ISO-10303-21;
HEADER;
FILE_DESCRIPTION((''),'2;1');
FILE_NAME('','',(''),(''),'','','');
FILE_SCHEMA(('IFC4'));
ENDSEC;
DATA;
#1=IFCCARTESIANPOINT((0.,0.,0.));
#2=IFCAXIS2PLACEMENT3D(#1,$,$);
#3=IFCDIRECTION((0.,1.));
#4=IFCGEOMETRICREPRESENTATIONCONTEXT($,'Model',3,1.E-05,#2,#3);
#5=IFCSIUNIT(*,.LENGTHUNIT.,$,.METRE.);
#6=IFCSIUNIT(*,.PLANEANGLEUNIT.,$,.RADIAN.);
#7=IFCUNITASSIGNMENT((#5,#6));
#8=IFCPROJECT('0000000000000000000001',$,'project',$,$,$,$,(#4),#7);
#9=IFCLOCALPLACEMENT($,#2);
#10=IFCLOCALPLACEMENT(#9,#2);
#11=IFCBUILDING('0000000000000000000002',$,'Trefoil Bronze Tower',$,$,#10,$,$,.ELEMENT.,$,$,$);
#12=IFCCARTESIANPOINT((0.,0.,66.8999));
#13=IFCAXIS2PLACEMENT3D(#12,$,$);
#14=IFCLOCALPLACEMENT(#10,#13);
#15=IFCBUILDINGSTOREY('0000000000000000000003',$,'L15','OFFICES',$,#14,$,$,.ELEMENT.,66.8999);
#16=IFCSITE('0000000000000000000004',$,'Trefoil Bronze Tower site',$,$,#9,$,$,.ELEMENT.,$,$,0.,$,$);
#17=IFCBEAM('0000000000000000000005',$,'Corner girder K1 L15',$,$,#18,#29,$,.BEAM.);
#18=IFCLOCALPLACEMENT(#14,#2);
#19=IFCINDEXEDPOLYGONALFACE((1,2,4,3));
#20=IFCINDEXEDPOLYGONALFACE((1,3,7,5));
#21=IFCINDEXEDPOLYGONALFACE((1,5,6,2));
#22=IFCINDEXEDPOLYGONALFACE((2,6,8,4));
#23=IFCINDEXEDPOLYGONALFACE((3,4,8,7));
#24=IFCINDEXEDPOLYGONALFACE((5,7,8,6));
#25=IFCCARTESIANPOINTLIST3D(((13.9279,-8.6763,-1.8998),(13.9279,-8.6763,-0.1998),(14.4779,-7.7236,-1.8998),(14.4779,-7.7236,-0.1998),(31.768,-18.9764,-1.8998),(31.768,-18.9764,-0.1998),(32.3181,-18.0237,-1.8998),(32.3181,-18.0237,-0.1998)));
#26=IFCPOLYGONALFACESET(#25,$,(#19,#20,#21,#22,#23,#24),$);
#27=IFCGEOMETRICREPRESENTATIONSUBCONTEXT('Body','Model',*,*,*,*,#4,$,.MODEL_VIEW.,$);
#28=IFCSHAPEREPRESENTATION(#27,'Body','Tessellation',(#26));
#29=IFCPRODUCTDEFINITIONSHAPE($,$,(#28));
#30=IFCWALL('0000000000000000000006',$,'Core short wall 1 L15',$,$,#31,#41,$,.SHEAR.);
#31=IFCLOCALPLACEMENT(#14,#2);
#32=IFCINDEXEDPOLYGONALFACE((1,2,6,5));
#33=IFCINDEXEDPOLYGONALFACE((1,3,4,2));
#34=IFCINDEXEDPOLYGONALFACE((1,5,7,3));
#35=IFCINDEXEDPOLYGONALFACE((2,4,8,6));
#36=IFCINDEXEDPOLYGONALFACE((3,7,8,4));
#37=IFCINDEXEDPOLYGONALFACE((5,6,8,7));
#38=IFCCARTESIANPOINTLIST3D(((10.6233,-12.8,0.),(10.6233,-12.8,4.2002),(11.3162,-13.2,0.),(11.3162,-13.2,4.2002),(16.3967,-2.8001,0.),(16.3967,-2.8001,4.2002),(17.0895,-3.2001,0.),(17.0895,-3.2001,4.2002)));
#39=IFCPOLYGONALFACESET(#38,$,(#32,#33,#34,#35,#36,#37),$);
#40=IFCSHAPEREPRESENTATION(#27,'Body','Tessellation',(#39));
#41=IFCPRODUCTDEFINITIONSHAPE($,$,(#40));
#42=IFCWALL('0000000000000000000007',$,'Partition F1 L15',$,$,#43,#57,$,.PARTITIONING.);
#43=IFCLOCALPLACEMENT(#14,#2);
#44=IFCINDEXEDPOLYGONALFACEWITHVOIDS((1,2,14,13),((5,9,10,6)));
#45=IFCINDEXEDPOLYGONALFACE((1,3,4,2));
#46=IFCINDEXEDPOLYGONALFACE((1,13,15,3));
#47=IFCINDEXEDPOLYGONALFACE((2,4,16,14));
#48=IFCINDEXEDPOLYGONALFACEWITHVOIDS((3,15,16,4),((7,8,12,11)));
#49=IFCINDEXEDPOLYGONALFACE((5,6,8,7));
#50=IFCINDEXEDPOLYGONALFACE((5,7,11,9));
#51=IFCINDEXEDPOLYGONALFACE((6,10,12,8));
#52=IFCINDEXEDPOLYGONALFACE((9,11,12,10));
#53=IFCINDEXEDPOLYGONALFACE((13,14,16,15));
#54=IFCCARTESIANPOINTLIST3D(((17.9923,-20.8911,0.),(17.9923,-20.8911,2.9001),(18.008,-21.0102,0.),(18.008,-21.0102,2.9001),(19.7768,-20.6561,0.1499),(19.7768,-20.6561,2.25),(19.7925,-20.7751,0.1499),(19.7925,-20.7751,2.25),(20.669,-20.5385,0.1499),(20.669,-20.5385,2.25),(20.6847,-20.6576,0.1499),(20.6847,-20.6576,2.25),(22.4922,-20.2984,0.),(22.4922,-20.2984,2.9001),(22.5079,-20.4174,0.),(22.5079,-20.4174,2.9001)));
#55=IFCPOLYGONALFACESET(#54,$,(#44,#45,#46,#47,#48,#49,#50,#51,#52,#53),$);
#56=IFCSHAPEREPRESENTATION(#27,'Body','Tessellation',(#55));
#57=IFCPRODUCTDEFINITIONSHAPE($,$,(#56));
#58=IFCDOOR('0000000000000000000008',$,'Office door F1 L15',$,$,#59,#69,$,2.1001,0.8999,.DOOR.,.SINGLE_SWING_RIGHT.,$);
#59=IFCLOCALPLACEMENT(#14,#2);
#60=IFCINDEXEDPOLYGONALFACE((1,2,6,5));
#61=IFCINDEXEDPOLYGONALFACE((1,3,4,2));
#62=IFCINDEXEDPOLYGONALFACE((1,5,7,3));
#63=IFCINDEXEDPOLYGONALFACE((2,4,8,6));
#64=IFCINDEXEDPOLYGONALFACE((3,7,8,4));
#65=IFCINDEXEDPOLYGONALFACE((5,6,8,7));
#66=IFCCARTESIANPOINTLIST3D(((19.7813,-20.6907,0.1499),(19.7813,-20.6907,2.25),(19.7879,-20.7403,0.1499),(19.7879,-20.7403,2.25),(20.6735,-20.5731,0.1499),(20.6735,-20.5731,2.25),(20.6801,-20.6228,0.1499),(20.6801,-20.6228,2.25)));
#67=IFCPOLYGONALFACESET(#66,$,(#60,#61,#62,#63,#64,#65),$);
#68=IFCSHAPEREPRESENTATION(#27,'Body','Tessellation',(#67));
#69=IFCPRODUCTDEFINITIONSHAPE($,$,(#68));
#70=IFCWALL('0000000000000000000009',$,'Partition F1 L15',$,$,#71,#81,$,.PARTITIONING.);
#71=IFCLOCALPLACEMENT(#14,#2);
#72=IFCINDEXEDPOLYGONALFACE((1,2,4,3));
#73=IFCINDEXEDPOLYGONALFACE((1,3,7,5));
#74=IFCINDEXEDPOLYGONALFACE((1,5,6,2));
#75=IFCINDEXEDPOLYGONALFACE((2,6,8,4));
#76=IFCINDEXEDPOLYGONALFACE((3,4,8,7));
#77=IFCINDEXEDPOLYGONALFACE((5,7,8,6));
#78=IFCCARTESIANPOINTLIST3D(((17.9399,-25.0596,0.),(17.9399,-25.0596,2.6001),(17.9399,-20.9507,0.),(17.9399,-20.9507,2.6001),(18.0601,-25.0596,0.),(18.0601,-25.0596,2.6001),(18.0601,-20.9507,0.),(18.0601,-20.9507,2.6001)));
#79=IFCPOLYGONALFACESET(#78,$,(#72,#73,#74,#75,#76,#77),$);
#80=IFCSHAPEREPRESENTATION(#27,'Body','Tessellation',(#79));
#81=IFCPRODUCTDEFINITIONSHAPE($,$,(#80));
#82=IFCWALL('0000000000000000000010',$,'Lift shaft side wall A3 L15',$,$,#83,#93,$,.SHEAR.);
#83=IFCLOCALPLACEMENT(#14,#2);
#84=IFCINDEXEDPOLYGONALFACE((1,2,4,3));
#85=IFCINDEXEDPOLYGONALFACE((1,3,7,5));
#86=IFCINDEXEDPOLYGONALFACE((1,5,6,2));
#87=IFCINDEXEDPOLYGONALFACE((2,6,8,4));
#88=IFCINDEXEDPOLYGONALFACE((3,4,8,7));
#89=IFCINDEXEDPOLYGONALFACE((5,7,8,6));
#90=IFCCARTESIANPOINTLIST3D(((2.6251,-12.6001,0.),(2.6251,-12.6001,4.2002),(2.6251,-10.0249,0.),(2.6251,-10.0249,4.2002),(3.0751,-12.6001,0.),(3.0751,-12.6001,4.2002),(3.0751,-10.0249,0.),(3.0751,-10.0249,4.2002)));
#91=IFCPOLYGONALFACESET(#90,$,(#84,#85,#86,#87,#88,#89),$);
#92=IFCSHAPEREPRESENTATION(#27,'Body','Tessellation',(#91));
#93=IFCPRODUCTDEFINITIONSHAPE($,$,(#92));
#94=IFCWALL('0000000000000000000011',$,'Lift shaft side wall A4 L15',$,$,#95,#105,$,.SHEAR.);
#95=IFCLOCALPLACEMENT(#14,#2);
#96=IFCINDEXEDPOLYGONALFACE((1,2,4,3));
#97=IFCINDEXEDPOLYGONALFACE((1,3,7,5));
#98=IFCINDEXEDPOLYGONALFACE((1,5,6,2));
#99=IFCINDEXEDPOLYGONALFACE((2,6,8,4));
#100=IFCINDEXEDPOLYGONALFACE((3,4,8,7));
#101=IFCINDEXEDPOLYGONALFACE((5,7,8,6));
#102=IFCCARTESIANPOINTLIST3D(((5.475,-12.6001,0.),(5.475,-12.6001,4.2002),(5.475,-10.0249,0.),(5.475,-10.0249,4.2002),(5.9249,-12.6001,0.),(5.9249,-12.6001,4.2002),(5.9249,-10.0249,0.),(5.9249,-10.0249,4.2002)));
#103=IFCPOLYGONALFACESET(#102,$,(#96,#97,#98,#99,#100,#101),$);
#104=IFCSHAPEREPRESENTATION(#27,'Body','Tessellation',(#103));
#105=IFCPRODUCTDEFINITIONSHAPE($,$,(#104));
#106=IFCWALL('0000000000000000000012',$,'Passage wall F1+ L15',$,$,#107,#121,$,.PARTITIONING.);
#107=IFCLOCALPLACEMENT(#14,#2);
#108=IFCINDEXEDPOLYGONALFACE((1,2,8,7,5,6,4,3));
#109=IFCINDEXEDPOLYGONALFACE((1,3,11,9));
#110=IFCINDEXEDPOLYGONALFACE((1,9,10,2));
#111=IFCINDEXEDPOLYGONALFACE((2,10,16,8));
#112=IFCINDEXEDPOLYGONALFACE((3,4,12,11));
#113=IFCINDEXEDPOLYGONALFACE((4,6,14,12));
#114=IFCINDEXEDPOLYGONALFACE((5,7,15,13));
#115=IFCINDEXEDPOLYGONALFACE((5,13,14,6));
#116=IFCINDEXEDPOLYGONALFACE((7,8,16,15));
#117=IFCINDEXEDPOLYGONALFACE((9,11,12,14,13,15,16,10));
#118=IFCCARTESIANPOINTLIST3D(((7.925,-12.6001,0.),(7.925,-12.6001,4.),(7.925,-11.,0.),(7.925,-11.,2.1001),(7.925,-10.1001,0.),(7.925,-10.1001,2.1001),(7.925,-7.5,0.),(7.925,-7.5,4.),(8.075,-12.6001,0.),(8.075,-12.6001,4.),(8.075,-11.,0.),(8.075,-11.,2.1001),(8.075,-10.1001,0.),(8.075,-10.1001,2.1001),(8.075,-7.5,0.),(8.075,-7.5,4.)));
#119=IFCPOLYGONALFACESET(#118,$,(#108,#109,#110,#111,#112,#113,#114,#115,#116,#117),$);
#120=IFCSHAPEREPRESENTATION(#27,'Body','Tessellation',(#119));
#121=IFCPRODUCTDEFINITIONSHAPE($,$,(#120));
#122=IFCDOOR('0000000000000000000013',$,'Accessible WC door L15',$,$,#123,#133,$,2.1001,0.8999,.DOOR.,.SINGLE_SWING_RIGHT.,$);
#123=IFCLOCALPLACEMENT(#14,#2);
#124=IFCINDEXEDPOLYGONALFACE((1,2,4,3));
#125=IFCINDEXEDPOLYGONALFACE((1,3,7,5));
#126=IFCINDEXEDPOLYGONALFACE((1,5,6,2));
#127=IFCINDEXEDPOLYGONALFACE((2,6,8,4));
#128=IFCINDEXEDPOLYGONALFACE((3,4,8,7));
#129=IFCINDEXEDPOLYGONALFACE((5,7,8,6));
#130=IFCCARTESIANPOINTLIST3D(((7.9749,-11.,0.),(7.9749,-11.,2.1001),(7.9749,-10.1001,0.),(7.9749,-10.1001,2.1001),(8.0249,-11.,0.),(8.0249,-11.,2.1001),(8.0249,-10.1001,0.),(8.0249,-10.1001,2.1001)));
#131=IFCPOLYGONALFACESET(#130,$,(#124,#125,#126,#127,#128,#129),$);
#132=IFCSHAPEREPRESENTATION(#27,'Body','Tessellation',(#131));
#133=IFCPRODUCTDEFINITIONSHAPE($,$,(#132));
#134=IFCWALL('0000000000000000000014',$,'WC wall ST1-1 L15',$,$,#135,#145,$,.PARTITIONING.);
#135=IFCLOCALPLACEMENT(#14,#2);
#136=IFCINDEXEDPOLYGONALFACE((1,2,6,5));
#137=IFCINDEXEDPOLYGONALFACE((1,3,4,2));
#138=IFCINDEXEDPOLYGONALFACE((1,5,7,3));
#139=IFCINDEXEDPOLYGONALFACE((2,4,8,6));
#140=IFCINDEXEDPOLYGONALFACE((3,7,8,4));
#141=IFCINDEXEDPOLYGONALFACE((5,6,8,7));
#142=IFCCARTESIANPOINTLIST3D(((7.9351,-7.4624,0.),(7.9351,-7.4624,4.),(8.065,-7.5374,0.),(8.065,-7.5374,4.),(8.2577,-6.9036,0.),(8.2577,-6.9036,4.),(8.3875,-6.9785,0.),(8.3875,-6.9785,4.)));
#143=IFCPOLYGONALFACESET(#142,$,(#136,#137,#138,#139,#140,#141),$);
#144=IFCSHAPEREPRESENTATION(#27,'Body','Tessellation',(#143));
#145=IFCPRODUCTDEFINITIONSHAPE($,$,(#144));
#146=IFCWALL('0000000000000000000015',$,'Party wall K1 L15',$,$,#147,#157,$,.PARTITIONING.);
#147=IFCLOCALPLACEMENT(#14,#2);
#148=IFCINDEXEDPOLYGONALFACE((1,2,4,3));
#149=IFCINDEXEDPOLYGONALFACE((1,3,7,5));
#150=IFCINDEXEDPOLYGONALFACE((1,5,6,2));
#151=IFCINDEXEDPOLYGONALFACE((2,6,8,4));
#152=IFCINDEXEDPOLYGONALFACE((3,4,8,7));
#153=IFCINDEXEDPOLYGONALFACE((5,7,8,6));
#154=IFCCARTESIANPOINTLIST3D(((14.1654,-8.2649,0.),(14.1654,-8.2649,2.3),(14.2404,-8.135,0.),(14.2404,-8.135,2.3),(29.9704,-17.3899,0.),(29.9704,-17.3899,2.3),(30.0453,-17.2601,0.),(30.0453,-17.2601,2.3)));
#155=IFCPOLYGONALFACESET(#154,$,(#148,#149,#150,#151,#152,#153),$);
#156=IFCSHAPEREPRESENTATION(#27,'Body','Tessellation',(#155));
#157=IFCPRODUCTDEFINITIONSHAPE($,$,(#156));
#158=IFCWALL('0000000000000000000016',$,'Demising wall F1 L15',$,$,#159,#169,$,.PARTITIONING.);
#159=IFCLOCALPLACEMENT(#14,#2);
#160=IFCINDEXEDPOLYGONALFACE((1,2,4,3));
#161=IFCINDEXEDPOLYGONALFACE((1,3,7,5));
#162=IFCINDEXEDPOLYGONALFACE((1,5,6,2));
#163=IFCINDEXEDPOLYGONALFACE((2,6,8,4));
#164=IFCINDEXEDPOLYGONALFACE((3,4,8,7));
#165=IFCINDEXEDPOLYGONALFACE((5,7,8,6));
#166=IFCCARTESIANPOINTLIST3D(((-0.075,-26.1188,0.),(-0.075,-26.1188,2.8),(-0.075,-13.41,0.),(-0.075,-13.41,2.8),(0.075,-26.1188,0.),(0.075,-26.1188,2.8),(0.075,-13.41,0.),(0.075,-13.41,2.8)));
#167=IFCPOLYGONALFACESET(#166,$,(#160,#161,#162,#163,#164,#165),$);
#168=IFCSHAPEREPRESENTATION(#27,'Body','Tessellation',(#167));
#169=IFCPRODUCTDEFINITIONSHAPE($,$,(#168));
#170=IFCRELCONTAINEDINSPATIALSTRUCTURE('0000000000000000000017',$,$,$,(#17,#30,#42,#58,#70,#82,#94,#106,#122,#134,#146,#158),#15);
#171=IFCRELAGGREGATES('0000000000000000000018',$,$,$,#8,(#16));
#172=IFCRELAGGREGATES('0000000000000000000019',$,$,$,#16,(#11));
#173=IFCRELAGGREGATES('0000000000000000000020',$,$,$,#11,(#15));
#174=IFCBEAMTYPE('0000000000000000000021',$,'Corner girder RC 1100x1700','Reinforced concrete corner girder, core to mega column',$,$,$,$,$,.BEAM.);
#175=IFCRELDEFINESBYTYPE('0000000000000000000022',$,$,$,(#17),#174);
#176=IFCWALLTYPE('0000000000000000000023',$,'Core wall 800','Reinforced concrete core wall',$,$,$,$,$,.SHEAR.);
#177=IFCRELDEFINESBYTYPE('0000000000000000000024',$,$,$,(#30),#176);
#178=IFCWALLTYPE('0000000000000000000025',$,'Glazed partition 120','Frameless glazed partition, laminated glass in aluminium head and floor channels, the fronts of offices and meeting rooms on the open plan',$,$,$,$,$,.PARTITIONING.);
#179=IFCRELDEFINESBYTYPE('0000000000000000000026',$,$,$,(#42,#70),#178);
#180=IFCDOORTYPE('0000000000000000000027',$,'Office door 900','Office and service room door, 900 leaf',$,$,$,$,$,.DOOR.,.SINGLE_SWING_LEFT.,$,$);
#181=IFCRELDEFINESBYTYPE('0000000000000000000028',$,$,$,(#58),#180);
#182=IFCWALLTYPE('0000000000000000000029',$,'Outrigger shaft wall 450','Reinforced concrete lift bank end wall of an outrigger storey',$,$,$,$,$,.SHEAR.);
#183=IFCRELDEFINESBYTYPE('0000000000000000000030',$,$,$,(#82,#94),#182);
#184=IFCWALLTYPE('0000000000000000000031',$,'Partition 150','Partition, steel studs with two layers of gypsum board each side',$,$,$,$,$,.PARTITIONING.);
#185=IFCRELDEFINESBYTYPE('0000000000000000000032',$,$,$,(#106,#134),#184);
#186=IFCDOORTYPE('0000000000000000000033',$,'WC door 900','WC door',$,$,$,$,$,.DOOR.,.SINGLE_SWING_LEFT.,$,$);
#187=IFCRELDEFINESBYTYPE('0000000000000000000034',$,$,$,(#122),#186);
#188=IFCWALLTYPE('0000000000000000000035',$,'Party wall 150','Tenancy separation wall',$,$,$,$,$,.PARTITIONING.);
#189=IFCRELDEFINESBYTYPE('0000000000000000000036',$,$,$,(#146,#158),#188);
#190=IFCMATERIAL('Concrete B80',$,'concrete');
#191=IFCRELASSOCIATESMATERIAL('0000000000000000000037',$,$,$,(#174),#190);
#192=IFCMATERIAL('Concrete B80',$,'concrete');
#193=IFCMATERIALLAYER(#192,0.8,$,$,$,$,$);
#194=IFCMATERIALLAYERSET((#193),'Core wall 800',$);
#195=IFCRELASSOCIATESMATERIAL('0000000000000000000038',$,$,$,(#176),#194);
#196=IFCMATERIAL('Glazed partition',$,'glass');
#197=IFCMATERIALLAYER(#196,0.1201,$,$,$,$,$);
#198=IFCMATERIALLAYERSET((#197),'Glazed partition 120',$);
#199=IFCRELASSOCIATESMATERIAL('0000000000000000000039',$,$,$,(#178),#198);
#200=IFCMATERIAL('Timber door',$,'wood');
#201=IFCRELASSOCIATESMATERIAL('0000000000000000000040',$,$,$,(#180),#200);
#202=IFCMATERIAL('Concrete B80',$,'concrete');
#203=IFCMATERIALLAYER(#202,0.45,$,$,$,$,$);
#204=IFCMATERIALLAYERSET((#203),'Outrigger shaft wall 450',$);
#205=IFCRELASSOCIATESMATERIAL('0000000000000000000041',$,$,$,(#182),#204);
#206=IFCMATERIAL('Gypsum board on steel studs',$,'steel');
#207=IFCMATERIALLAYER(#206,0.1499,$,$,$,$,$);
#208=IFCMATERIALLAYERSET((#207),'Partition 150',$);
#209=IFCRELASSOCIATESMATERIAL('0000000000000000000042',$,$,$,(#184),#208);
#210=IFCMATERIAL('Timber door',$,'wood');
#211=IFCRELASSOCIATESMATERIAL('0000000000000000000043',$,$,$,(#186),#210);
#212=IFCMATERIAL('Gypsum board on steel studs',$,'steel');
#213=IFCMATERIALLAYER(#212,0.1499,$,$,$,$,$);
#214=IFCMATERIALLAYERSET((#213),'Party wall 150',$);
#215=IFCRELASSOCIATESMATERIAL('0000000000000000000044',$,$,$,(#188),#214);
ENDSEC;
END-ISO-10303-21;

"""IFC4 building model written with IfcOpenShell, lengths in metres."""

from ifc_helpers import new_model, si_unit, direction, frame, frame_2d, origin, origin_2d, place, context, subcontext, project, spatial, rectangle, extrude, material, layer, layer_set, material_profile, profile_set, type_object, element, fill, save


model = new_model("IFC4")

# Units and contexts
model_context = context("Model", 3, precision=1e-05, world=origin(), true_north=direction((0.0, 1.0)))
body_context = subcontext(model_context, "Body", "Model", "MODEL_VIEW")
ifc_project = project(units=[si_unit("LENGTHUNIT", "METRE"), si_unit("PLANEANGLEUNIT", "RADIAN")], contexts=[model_context])

# Site, building, storey
site_placement = place(None, origin())
site = spatial("IfcSite", under=ifc_project, at=site_placement, Name="Trefoil Bronze Tower site", CompositionType="ELEMENT", RefElevation=0.0)
building_placement = place(site_placement, origin())
building = spatial("IfcBuilding", under=site, at=building_placement, Name="Trefoil Bronze Tower", CompositionType="ELEMENT")
storey_placement = place(building_placement, frame((0.0, 0.0, 66.8999)))
storey = spatial("IfcBuildingStorey", under=building, at=storey_placement, Name="L15", Description="OFFICES", CompositionType="ELEMENT", Elevation=66.8999)

# Beam
ifc_material_1 = material(Name="Concrete B80", Category="concrete")
ifc_material_profile_1 = material_profile(ifc_material_1, rectangle(XDim=1.1001, YDim=1.7, at=origin_2d()), Name="RC 1100x1700")
ifc_profile_set_1 = profile_set([ifc_material_profile_1], Name="Concrete B80")
beam_type_1 = type_object("IfcBeamType", Name="Corner girder RC 1100x1700", Description="Reinforced concrete corner girder, core to mega column", PredefinedType="BEAM", material=ifc_profile_set_1)
beam_placement = place(storey_placement, frame((14.2029, -8.2, -1.0498), z_axis=(0.866024, -0.500003, 0.0), x_axis=(0.500003, 0.866024, 0.0)))
element("IfcBeam", 1, at=beam_placement, inside=storey, type_object=beam_type_1, Name="Corner girder K1 L15", PredefinedType="BEAM", context=body_context, shape_type="SweptSolid", body=[
    extrude(rectangle(XDim=1.1001, YDim=1.7, at=origin_2d()), origin(), (0.0, 0.0, 1.0), 20.6001),
])

# Wall
ifc_material_2 = material(Name="Concrete B80", Category="concrete")
ifc_layer_1 = layer(ifc_material_2, 0.8)
ifc_layer_set_1 = layer_set([ifc_layer_1], Name="Core wall 800")
wall_type_1 = type_object("IfcWallType", Name="Core wall 800", Description="Reinforced concrete core wall", PredefinedType="SHEAR", material=ifc_layer_set_1)
wall_1_placement = place(storey_placement, frame((10.9697, -13.0, 0.0), z_axis=(0.0, 0.0, 1.0), x_axis=(0.499996, 0.866028, 0.0)))
element("IfcWall", 2, at=wall_1_placement, inside=storey, type_object=wall_type_1, Name="Core short wall 1 L15", PredefinedType="SHEAR", context=body_context, shape_type="SweptSolid", body=[
    extrude(rectangle(XDim=11.5469, YDim=0.8, at=frame_2d((5.7734, 0.0))), origin(), (0.0, 0.0, 1.0), 4.2002),
])

# Wall, opening, door
ifc_material_3 = material(Name="Glazed partition", Category="glass")
ifc_layer_2 = layer(ifc_material_3, 0.1201)
ifc_layer_set_2 = layer_set([ifc_layer_2], Name="Glazed partition 120")
wall_type_2 = type_object("IfcWallType", Name="Glazed partition 120", Description="Frameless glazed partition, laminated glass in aluminium head and floor channels, the fronts of offices and meeting rooms on the open plan", PredefinedType="PARTITIONING", material=ifc_layer_set_2)
wall_2_placement = place(storey_placement, frame((18.0, -20.9507, 0.0), z_axis=(0.0, 0.0, 1.0), x_axis=(0.991435, 0.130599, 0.0)))
wall_2 = element("IfcWall", 3, at=wall_2_placement, inside=storey, type_object=wall_type_2, Name="Partition F1 L15", PredefinedType="PARTITIONING", context=body_context, shape_type="SweptSolid", body=[
    extrude(rectangle(XDim=4.5388, YDim=0.1201, at=frame_2d((2.2695, 0.0))), origin(), (0.0, 0.0, 1.0), 2.9001),
])
opening_1_placement = place(wall_2_placement, frame((1.8, 0.0, 0.1499)))
opening_1 = element("IfcOpeningElement", 4, at=opening_1_placement, cuts=wall_2, PredefinedType="OPENING", context=body_context, shape_type="SweptSolid", body=[
    extrude(rectangle(XDim=0.8999, YDim=2.1001, at=frame_2d((0.45, 1.05))), frame((0.0, 0.0701, 0.0), z_axis=(0.0, -1.0, 0.0), x_axis=(1.0, 0.0, 0.0)), (0.0, 0.0, 1.0), 0.1401),
])
ifc_material_4 = material(Name="Timber door", Category="wood")
door_type_1 = type_object("IfcDoorType", Name="Office door 900", Description="Office and service room door, 900 leaf", OperationType="SINGLE_SWING_LEFT", PredefinedType="DOOR", material=ifc_material_4)
door_1_placement = place(opening_1_placement, frame((0.8999, 0.0, 0.0), z_axis=(0.0, 0.0, 1.0), x_axis=(-1.0, 0.0, 0.0)))
door_1 = element("IfcDoor", 5, at=door_1_placement, inside=storey, type_object=door_type_1, Name="Office door F1 L15", OperationType="SINGLE_SWING_RIGHT", OverallHeight=2.1001, OverallWidth=0.8999, PredefinedType="DOOR", context=body_context, shape_type="SweptSolid", body=[
    extrude(rectangle(XDim=0.8999, YDim=2.1001, at=frame_2d((0.45, 1.05))), frame((0.0, 0.0249, 0.0), z_axis=(0.0, -1.0, 0.0), x_axis=(1.0, 0.0, 0.0)), (0.0, 0.0, 1.0), 0.05),
])
fill(opening_1, door_1)

# Walls
wall_3_placement = place(storey_placement, frame((18.0, -20.9507, 0.0), z_axis=(0.0, 0.0, 1.0), x_axis=(0.0, -1.0, 0.0)))
element("IfcWall", 6, at=wall_3_placement, inside=storey, type_object=wall_type_2, Name="Partition F1 L15", PredefinedType="PARTITIONING", context=body_context, shape_type="SweptSolid", body=[
    extrude(rectangle(XDim=4.1089, YDim=0.1201, at=frame_2d((2.0544, 0.0))), origin(), (0.0, 0.0, 1.0), 2.6001),
])
ifc_material_5 = material(Name="Concrete B80", Category="concrete")
ifc_layer_3 = layer(ifc_material_5, 0.45)
ifc_layer_set_3 = layer_set([ifc_layer_3], Name="Outrigger shaft wall 450")
wall_type_3 = type_object("IfcWallType", Name="Outrigger shaft wall 450", Description="Reinforced concrete lift bank end wall of an outrigger storey", PredefinedType="SHEAR", material=ifc_layer_set_3)
for number, where, z_axis, x_axis, name in (
    (7, (2.8501, -10.0249, 0.0), (0.0, 0.0, 1.0), (0.0, -1.0, 0.0), "Lift shaft side wall A3 L15"),
    (8, (5.7, -10.0249, 0.0), (0.0, 0.0, 1.0), (0.0, -1.0, 0.0), "Lift shaft side wall A4 L15"),
):
    element("IfcWall", number, at=place(storey_placement, frame(where, z_axis=z_axis, x_axis=x_axis)), inside=storey, type_object=wall_type_3, Name=name, PredefinedType="SHEAR", context=body_context, shape_type="SweptSolid", body=[
        extrude(rectangle(XDim=2.5752, YDim=0.45, at=frame_2d((1.2876, 0.0))), origin(), (0.0, 0.0, 1.0), 4.2002),
    ])

# Wall, opening, door
ifc_material_6 = material(Name="Gypsum board on steel studs", Category="steel")
ifc_layer_4 = layer(ifc_material_6, 0.1499)
ifc_layer_set_4 = layer_set([ifc_layer_4], Name="Partition 150")
wall_type_4 = type_object("IfcWallType", Name="Partition 150", Description="Partition, steel studs with two layers of gypsum board each side", PredefinedType="PARTITIONING", material=ifc_layer_set_4)
wall_4_placement = place(storey_placement, frame((8.0, -7.5, 0.0), z_axis=(0.0, 0.0, 1.0), x_axis=(0.0, -1.0, 0.0)))
wall_4 = element("IfcWall", 9, at=wall_4_placement, inside=storey, type_object=wall_type_4, Name="Passage wall F1+ L15", PredefinedType="PARTITIONING", context=body_context, shape_type="SweptSolid", body=[
    extrude(rectangle(XDim=5.1001, YDim=0.1499, at=frame_2d((2.55, 0.0))), origin(), (0.0, 0.0, 1.0), 4.0),
])
opening_2_placement = place(wall_4_placement, frame((2.6001, 0.0, 0.0)))
opening_2 = element("IfcOpeningElement", 10, at=opening_2_placement, cuts=wall_4, PredefinedType="OPENING", context=body_context, shape_type="SweptSolid", body=[
    extrude(rectangle(XDim=0.8999, YDim=2.1001, at=frame_2d((0.45, 1.05))), frame((0.0, 0.085, 0.0), z_axis=(0.0, -1.0, 0.0), x_axis=(1.0, 0.0, 0.0)), (0.0, 0.0, 1.0), 0.1699),
])
ifc_material_7 = material(Name="Timber door", Category="wood")
door_type_2 = type_object("IfcDoorType", Name="WC door 900", Description="WC door", OperationType="SINGLE_SWING_LEFT", PredefinedType="DOOR", material=ifc_material_7)
door_2_placement = place(opening_2_placement, origin())
door_2 = element("IfcDoor", 11, at=door_2_placement, inside=storey, type_object=door_type_2, Name="Accessible WC door L15", OperationType="SINGLE_SWING_RIGHT", OverallHeight=2.1001, OverallWidth=0.8999, PredefinedType="DOOR", context=body_context, shape_type="SweptSolid", body=[
    extrude(rectangle(XDim=0.8999, YDim=2.1001, at=frame_2d((0.45, 1.05))), frame((0.0, 0.0249, 0.0), z_axis=(0.0, -1.0, 0.0), x_axis=(1.0, 0.0, 0.0)), (0.0, 0.0, 1.0), 0.05),
])
fill(opening_2, door_2)

# Walls
wall_5_placement = place(storey_placement, frame((8.0, -7.5, 0.0), z_axis=(0.0, 0.0, 1.0), x_axis=(0.499843, 0.866116, 0.0)))
element("IfcWall", 12, at=wall_5_placement, inside=storey, type_object=wall_type_4, Name="WC wall ST1-1 L15", PredefinedType="PARTITIONING", context=body_context, shape_type="SweptSolid", body=[
    extrude(rectangle(XDim=0.6453, YDim=0.1499, at=frame_2d((0.3228, 0.0))), origin(), (0.0, 0.0, 1.0), 4.0),
])
ifc_material_8 = material(Name="Gypsum board on steel studs", Category="steel")
ifc_layer_5 = layer(ifc_material_8, 0.1499)
ifc_layer_set_5 = layer_set([ifc_layer_5], Name="Party wall 150")
wall_type_5 = type_object("IfcWallType", Name="Party wall 150", Description="Tenancy separation wall", PredefinedType="PARTITIONING", material=ifc_layer_set_5)
wall_6_placement = place(storey_placement, frame((14.2029, -8.2, 0.0), z_axis=(0.0, 0.0, 1.0), x_axis=(0.866025, -0.500001, 0.0)))
element("IfcWall", 13, at=wall_6_placement, inside=storey, type_object=wall_type_5, Name="Party wall K1 L15", PredefinedType="PARTITIONING", context=body_context, shape_type="SweptSolid", body=[
    extrude(rectangle(XDim=18.25, YDim=0.1499, at=frame_2d((9.125, 0.0))), origin(), (0.0, 0.0, 1.0), 2.3),
])
wall_7_placement = place(storey_placement, frame((0.0, -13.4099, 0.0), z_axis=(0.0, 0.0, 1.0), x_axis=(0.0, -1.0, 0.0)))
element("IfcWall", 14, at=wall_7_placement, inside=storey, type_object=wall_type_5, Name="Demising wall F1 L15", PredefinedType="PARTITIONING", context=body_context, shape_type="SweptSolid", body=[
    extrude(rectangle(XDim=12.7087, YDim=0.1499, at=frame_2d((6.3545, 0.0))), origin(), (0.0, 0.0, 1.0), 2.8),
])

save(model, "model.ifc")
